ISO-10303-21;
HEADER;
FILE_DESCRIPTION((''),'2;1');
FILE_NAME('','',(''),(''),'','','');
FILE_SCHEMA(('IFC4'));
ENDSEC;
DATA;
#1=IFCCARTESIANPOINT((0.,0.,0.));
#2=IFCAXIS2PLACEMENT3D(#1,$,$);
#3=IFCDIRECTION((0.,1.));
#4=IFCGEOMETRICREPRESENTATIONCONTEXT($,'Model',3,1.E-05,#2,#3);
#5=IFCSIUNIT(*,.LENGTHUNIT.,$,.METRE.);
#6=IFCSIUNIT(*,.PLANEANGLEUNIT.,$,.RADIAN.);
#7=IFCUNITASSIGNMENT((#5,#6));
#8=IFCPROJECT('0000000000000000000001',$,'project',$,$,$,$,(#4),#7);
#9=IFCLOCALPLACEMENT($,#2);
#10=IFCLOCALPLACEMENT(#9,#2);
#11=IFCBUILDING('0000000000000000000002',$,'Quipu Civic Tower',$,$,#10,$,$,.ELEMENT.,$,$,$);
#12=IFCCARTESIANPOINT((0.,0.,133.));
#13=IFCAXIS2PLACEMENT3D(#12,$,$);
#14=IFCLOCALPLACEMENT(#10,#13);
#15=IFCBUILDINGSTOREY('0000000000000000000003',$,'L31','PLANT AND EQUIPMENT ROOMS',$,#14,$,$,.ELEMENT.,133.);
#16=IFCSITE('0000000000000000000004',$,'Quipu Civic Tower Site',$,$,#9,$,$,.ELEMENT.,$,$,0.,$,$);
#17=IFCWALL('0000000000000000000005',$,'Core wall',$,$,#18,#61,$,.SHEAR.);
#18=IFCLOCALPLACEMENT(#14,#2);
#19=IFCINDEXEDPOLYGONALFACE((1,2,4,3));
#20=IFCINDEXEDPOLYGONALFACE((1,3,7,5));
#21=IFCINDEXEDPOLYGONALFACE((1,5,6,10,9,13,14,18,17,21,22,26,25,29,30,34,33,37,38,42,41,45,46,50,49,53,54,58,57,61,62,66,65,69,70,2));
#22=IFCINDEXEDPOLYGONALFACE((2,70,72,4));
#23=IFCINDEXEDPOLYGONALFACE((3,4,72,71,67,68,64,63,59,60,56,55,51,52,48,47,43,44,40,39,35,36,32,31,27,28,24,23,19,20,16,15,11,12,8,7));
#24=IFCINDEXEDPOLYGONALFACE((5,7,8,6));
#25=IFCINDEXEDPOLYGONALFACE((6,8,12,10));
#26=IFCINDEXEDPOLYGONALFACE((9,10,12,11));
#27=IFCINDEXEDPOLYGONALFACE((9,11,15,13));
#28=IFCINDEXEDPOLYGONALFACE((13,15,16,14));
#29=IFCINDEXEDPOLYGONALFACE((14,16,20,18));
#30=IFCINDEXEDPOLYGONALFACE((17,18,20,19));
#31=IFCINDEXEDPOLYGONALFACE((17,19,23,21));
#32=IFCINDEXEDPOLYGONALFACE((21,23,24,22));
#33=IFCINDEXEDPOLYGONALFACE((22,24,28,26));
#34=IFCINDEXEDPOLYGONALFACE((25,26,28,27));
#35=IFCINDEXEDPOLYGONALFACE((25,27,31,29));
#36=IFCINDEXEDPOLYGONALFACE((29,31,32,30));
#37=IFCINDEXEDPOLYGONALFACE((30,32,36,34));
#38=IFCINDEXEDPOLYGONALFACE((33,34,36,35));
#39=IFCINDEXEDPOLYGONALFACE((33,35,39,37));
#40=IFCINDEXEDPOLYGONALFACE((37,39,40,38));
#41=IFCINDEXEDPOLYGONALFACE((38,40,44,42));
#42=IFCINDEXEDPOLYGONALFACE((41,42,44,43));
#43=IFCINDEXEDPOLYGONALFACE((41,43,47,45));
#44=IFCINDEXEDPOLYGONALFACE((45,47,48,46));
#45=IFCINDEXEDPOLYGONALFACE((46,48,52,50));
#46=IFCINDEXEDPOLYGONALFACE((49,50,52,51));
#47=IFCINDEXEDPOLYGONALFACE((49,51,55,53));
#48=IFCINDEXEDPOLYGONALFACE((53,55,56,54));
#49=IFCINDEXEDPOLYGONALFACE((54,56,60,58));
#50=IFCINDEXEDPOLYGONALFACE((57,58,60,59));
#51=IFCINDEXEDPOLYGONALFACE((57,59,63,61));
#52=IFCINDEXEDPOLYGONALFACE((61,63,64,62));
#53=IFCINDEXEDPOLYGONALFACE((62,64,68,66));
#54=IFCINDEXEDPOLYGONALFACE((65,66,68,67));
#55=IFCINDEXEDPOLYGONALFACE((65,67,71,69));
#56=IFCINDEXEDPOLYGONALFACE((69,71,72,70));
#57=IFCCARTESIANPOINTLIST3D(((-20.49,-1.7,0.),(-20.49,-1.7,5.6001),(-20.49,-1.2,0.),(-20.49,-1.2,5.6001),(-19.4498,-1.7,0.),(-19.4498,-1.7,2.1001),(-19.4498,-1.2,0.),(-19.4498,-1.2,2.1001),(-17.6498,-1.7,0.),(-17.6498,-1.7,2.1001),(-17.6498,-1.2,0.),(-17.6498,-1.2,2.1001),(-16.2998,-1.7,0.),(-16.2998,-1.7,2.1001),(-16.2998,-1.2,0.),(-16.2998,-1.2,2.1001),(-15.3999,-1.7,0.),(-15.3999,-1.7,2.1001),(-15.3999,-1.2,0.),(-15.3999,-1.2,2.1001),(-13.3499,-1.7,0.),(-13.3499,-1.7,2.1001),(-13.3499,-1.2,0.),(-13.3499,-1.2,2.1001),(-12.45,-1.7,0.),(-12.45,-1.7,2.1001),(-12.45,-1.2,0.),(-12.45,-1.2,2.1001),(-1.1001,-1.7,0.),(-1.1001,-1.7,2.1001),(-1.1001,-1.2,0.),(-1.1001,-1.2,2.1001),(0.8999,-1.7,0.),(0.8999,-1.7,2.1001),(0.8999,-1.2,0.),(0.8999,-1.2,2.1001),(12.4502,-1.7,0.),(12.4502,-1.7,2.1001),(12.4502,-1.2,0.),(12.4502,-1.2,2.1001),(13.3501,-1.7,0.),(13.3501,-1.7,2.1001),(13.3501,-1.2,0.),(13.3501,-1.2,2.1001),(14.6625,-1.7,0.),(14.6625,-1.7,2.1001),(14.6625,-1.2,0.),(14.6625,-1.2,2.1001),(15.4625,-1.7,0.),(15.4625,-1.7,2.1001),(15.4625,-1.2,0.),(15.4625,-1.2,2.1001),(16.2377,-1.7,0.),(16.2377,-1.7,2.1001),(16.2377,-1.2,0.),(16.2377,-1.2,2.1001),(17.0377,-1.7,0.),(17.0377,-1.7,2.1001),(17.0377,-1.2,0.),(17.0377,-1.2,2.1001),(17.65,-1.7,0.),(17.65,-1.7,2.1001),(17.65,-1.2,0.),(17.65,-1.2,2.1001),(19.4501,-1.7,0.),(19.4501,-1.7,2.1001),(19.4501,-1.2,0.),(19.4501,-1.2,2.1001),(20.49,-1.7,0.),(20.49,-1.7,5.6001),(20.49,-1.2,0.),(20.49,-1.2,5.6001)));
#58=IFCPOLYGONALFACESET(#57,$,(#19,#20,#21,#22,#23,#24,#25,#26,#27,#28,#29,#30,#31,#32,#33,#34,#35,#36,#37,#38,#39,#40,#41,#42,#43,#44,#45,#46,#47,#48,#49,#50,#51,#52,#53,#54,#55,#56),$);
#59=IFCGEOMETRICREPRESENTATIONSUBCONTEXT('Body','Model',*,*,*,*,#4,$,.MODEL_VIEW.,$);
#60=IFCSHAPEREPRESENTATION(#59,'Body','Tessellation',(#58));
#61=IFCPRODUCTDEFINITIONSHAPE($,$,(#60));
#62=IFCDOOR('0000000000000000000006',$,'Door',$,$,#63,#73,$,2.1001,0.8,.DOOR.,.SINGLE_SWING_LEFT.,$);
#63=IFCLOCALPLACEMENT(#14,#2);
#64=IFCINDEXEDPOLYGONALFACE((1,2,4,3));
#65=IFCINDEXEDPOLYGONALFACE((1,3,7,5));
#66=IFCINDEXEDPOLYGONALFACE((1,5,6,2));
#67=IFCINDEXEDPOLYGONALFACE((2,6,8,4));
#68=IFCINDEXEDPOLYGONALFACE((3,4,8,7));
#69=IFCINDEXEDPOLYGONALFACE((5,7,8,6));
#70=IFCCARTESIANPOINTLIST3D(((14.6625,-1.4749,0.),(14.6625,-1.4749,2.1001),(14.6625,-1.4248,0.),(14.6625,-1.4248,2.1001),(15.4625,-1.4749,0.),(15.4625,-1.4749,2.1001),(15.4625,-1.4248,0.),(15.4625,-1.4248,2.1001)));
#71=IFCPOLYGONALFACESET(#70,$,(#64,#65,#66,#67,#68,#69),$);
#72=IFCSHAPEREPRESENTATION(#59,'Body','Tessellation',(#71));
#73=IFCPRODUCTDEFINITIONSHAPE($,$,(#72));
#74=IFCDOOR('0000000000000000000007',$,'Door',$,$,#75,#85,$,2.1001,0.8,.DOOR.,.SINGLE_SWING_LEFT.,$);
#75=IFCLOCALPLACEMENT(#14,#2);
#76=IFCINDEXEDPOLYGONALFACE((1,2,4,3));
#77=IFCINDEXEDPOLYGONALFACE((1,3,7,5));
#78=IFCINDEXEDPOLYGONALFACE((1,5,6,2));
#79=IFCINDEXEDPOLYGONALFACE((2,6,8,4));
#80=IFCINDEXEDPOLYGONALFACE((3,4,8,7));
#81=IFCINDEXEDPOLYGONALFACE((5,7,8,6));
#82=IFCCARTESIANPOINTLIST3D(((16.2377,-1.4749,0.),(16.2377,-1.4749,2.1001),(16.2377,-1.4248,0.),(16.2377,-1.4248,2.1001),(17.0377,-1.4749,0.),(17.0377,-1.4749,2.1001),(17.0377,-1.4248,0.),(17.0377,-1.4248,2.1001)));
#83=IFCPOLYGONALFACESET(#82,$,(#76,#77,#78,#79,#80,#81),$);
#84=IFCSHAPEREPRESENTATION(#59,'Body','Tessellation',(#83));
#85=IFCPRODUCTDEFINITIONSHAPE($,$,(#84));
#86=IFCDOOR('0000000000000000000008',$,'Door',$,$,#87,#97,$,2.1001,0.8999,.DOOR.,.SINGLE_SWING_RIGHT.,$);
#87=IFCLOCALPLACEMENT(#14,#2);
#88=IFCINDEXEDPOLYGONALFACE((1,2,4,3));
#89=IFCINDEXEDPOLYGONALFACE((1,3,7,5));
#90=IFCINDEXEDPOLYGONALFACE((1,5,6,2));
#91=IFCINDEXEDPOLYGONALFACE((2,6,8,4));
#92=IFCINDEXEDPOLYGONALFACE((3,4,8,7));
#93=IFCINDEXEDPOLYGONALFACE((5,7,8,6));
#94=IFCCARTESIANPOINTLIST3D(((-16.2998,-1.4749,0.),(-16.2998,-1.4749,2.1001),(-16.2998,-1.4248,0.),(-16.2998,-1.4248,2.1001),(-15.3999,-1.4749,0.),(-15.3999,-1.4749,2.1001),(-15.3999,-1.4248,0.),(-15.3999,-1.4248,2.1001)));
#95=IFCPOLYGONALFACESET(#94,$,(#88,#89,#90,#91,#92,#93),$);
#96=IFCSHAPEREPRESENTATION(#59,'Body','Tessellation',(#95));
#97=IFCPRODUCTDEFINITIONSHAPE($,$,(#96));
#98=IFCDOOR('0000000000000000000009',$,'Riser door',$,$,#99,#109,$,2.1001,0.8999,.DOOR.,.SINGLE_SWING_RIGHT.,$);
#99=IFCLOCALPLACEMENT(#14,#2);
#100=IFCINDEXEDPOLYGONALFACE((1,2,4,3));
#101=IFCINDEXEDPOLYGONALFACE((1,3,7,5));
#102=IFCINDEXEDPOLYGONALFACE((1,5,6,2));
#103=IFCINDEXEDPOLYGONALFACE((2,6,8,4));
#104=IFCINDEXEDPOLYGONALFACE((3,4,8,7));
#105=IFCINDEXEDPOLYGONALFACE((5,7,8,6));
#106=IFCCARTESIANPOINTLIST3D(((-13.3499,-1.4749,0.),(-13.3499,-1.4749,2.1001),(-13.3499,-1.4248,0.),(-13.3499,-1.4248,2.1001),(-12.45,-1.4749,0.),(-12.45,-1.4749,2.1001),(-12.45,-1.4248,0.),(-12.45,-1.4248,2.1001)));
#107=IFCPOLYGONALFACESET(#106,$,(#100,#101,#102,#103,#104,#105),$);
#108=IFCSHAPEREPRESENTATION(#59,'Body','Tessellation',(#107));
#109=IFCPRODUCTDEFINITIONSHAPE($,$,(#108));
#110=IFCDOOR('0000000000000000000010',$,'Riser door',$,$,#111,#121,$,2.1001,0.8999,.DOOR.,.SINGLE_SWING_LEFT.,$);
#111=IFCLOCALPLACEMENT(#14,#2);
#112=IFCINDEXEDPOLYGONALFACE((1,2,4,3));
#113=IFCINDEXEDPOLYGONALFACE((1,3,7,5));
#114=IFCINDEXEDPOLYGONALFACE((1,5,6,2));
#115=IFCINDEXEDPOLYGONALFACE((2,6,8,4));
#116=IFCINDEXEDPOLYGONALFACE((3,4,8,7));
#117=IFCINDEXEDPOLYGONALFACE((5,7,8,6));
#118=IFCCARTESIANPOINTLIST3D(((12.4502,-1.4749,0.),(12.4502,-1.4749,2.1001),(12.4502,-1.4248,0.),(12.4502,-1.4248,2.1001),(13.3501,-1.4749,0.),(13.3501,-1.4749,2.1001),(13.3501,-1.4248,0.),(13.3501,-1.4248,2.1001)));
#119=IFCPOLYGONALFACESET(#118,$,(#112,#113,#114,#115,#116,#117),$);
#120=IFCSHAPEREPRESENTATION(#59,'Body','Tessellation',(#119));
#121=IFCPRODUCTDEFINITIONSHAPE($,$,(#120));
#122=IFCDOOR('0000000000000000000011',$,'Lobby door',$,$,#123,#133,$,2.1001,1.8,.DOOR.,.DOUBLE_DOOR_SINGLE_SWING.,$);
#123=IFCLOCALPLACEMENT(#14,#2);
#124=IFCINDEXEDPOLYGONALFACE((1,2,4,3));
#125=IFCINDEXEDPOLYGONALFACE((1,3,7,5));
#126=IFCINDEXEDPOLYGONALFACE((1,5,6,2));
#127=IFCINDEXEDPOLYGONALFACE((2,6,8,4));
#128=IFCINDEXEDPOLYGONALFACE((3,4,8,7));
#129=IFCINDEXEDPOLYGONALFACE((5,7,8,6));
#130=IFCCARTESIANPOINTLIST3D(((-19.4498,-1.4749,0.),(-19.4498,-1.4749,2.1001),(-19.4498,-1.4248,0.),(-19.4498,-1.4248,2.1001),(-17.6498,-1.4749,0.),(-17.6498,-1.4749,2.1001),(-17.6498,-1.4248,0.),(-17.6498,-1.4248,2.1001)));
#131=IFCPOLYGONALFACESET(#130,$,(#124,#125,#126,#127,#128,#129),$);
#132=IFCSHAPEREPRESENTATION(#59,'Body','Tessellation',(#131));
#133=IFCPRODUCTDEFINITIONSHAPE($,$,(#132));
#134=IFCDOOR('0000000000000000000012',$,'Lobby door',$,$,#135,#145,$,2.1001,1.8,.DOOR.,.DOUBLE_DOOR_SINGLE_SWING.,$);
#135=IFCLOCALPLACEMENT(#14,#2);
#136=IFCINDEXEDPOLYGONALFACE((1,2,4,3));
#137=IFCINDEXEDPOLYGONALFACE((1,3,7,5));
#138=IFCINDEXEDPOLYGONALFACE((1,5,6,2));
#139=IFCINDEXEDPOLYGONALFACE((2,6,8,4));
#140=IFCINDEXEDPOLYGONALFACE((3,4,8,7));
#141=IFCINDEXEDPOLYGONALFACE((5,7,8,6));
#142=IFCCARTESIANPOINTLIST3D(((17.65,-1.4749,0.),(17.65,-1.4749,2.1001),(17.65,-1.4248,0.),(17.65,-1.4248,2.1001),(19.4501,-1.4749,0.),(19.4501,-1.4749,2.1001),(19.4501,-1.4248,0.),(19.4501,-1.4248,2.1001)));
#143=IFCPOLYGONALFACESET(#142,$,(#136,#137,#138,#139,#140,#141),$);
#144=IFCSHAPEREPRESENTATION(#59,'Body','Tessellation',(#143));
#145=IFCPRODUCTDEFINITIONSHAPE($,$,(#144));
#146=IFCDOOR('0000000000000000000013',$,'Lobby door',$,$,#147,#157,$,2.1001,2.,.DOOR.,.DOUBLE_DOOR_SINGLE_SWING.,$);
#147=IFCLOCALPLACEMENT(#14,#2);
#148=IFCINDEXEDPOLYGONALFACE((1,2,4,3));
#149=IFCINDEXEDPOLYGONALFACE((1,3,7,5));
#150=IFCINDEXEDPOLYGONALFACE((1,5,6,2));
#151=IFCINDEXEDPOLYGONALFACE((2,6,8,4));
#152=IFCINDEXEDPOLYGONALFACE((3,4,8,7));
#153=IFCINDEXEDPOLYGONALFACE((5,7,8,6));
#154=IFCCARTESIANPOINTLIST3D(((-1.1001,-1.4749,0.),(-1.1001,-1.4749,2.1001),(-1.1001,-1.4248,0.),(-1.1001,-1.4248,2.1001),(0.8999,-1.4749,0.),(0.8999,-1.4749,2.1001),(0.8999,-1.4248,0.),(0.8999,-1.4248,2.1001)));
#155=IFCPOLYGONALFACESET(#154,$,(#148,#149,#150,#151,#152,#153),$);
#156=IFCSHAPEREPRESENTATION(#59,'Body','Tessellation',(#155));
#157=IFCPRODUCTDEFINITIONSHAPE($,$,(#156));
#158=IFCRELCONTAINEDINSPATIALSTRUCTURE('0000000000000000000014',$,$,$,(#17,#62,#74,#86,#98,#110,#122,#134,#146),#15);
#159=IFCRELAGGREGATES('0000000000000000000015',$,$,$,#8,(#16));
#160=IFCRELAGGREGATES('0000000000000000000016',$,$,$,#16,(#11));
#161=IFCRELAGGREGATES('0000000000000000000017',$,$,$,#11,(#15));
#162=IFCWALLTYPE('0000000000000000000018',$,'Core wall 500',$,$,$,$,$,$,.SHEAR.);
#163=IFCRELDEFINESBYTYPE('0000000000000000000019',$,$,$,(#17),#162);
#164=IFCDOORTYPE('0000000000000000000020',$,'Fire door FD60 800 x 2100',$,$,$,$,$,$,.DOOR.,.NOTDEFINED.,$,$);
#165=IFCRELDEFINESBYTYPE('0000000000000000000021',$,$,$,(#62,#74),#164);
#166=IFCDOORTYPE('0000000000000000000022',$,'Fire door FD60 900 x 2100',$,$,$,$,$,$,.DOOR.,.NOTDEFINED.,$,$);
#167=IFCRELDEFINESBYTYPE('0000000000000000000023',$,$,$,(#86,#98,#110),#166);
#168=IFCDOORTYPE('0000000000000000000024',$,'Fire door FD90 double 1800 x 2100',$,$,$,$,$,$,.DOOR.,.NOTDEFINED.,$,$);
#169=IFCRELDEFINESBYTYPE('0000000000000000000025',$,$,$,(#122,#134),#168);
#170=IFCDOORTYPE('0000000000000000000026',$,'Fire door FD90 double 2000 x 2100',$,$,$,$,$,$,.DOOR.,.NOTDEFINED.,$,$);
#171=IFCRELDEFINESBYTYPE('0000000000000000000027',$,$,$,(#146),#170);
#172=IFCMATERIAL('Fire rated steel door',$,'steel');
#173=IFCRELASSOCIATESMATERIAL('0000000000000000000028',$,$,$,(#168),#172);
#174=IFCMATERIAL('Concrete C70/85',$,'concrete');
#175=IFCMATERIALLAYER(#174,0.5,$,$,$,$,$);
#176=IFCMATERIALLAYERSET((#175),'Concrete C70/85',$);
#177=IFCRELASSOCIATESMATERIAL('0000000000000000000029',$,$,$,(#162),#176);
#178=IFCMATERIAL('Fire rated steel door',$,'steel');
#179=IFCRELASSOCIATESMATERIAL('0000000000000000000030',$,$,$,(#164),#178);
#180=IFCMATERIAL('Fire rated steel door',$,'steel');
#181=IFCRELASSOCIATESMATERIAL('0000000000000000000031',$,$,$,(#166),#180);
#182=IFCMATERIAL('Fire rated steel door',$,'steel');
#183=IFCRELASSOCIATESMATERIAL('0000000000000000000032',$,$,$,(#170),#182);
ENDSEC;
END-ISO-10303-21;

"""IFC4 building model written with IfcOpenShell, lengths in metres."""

from ifc_helpers import new_model, si_unit, direction, frame, frame_2d, origin, place, context, subcontext, project, spatial, rectangle, extrude, material, layer, layer_set, type_object, element, fill, save


model = new_model("IFC4")

# Units and contexts
model_context = context("Model", 3, precision=1e-05, world=origin(), true_north=direction((0.0, 1.0)))
body_context = subcontext(model_context, "Body", "Model", "MODEL_VIEW")
ifc_project = project(units=[si_unit("LENGTHUNIT", "METRE"), si_unit("PLANEANGLEUNIT", "RADIAN")], contexts=[model_context])

# Site, building, storey
site_placement = place(None, origin())
site = spatial("IfcSite", under=ifc_project, at=site_placement, Name="Quipu Civic Tower Site", CompositionType="ELEMENT", RefElevation=0.0)
building_placement = place(site_placement, origin())
building = spatial("IfcBuilding", under=site, at=building_placement, Name="Quipu Civic Tower", CompositionType="ELEMENT")
storey_placement = place(building_placement, frame((0.0, 0.0, 133.0)))
storey = spatial("IfcBuildingStorey", under=building, at=storey_placement, Name="L31", Description="PLANT AND EQUIPMENT ROOMS", CompositionType="ELEMENT", Elevation=133.0)

# Shared definitions
ifc_material_1 = material(Name="Fire rated steel door", Category="steel")
door_type_1 = type_object("IfcDoorType", Name="Fire door FD90 double 1800 x 2100", OperationType="NOTDEFINED", PredefinedType="DOOR", material=ifc_material_1)

# Shared definitions
ifc_material_2 = material(Name="Concrete C70/85", Category="concrete")
ifc_layer_1 = layer(ifc_material_2, 0.5)
ifc_layer_set_1 = layer_set([ifc_layer_1], Name="Concrete C70/85")
wall_type_1 = type_object("IfcWallType", Name="Core wall 500", PredefinedType="SHEAR", material=ifc_layer_set_1)

# Wall, openings, doors
wall_1_placement = place(storey_placement, frame((20.49, -1.45, 0.0), z_axis=(0.0, 0.0, 1.0), x_axis=(-1.0, 0.0, 0.0)))
wall_1 = element("IfcWall", 1, at=wall_1_placement, inside=storey, type_object=wall_type_1, Name="Core wall", PredefinedType="SHEAR", context=body_context, shape_type="SweptSolid", body=[
    extrude(rectangle(XDim=40.98, YDim=0.5, at=frame_2d((20.49, 0.0))), origin(), (0.0, 0.0, 1.0), 5.6001),
])
opening_1_placement = place(wall_1_placement, frame((38.1399, 0.0, 0.0)))
opening_1 = element("IfcOpeningElement", 2, at=opening_1_placement, cuts=wall_1, PredefinedType="OPENING", context=body_context, shape_type="SweptSolid", body=[
    extrude(rectangle(XDim=1.8, YDim=2.1001, at=frame_2d((0.8999, 1.05))), frame((0.0, 0.26, 0.0), z_axis=(0.0, -1.0, 0.0), x_axis=(1.0, 0.0, 0.0)), (0.0, 0.0, 1.0), 0.52),
])
opening_2_placement = place(wall_1_placement, frame((35.8899, 0.0, 0.0)))
opening_2 = element("IfcOpeningElement", 3, at=opening_2_placement, cuts=wall_1, PredefinedType="OPENING", context=body_context, shape_type="SweptSolid", body=[
    extrude(rectangle(XDim=0.8999, YDim=2.1001, at=frame_2d((0.45, 1.05))), frame((0.0, 0.26, 0.0), z_axis=(0.0, -1.0, 0.0), x_axis=(1.0, 0.0, 0.0)), (0.0, 0.0, 1.0), 0.52),
])
opening_3_placement = place(wall_1_placement, frame((32.9399, 0.0, 0.0)))
opening_3 = element("IfcOpeningElement", 4, at=opening_3_placement, cuts=wall_1, PredefinedType="OPENING", context=body_context, shape_type="SweptSolid", body=[
    extrude(rectangle(XDim=0.8999, YDim=2.1001, at=frame_2d((0.45, 1.05))), frame((0.0, 0.26, 0.0), z_axis=(0.0, -1.0, 0.0), x_axis=(1.0, 0.0, 0.0)), (0.0, 0.0, 1.0), 0.52),
])
opening_4_placement = place(wall_1_placement, frame((19.5901, 0.0, 0.0)))
opening_4 = element("IfcOpeningElement", 5, at=opening_4_placement, cuts=wall_1, PredefinedType="OPENING", context=body_context, shape_type="SweptSolid", body=[
    extrude(rectangle(XDim=2.0, YDim=2.1001, at=frame_2d((1.0, 1.05))), frame((0.0, 0.26, 0.0), z_axis=(0.0, -1.0, 0.0), x_axis=(1.0, 0.0, 0.0)), (0.0, 0.0, 1.0), 0.52),
])
opening_5_placement = place(wall_1_placement, frame((7.1399, 0.0, 0.0)))
opening_5 = element("IfcOpeningElement", 6, at=opening_5_placement, cuts=wall_1, PredefinedType="OPENING", context=body_context, shape_type="SweptSolid", body=[
    extrude(rectangle(XDim=0.8999, YDim=2.1001, at=frame_2d((0.45, 1.05))), frame((0.0, 0.26, 0.0), z_axis=(0.0, -1.0, 0.0), x_axis=(1.0, 0.0, 0.0)), (0.0, 0.0, 1.0), 0.52),
])
opening_6_placement = place(wall_1_placement, frame((5.0276, 0.0, 0.0)))
opening_6 = element("IfcOpeningElement", 7, at=opening_6_placement, cuts=wall_1, PredefinedType="OPENING", context=body_context, shape_type="SweptSolid", body=[
    extrude(rectangle(XDim=0.8, YDim=2.1001, at=frame_2d((0.3999, 1.05))), frame((0.0, 0.26, 0.0), z_axis=(0.0, -1.0, 0.0), x_axis=(1.0, 0.0, 0.0)), (0.0, 0.0, 1.0), 0.52),
])
opening_7_placement = place(wall_1_placement, frame((3.4524, 0.0, 0.0)))
opening_7 = element("IfcOpeningElement", 8, at=opening_7_placement, cuts=wall_1, PredefinedType="OPENING", context=body_context, shape_type="SweptSolid", body=[
    extrude(rectangle(XDim=0.8, YDim=2.1001, at=frame_2d((0.3999, 1.05))), frame((0.0, 0.26, 0.0), z_axis=(0.0, -1.0, 0.0), x_axis=(1.0, 0.0, 0.0)), (0.0, 0.0, 1.0), 0.52),
])
opening_8_placement = place(wall_1_placement, frame((1.04, 0.0, 0.0)))
opening_8 = element("IfcOpeningElement", 9, at=opening_8_placement, cuts=wall_1, PredefinedType="OPENING", context=body_context, shape_type="SweptSolid", body=[
    extrude(rectangle(XDim=1.8, YDim=2.1001, at=frame_2d((0.8999, 1.05))), frame((0.0, 0.26, 0.0), z_axis=(0.0, -1.0, 0.0), x_axis=(1.0, 0.0, 0.0)), (0.0, 0.0, 1.0), 0.52),
])
ifc_material_3 = material(Name="Fire rated steel door", Category="steel")
door_type_2 = type_object("IfcDoorType", Name="Fire door FD60 800 x 2100", OperationType="NOTDEFINED", PredefinedType="DOOR", material=ifc_material_3)
door_1_placement = place(opening_6_placement, origin())
door_1 = element("IfcDoor", 10, at=door_1_placement, inside=storey, type_object=door_type_2, Name="Door", OperationType="SINGLE_SWING_LEFT", OverallHeight=2.1001, OverallWidth=0.8, PredefinedType="DOOR", context=body_context, shape_type="SweptSolid", body=[
    extrude(rectangle(XDim=0.8, YDim=2.1001, at=frame_2d((0.3999, 1.05))), frame((0.0, 0.0249, 0.0), z_axis=(0.0, -1.0, 0.0), x_axis=(1.0, 0.0, 0.0)), (0.0, 0.0, 1.0), 0.05),
])
fill(opening_6, door_1)
door_2_placement = place(opening_7_placement, origin())
door_2 = element("IfcDoor", 11, at=door_2_placement, inside=storey, type_object=door_type_2, Name="Door", OperationType="SINGLE_SWING_LEFT", OverallHeight=2.1001, OverallWidth=0.8, PredefinedType="DOOR", context=body_context, shape_type="SweptSolid", body=[
    extrude(rectangle(XDim=0.8, YDim=2.1001, at=frame_2d((0.3999, 1.05))), frame((0.0, 0.0249, 0.0), z_axis=(0.0, -1.0, 0.0), x_axis=(1.0, 0.0, 0.0)), (0.0, 0.0, 1.0), 0.05),
])
fill(opening_7, door_2)
ifc_material_4 = material(Name="Fire rated steel door", Category="steel")
door_type_3 = type_object("IfcDoorType", Name="Fire door FD60 900 x 2100", OperationType="NOTDEFINED", PredefinedType="DOOR", material=ifc_material_4)
door_3_placement = place(opening_2_placement, origin())
door_3 = element("IfcDoor", 12, at=door_3_placement, inside=storey, type_object=door_type_3, Name="Door", OperationType="SINGLE_SWING_RIGHT", OverallHeight=2.1001, OverallWidth=0.8999, PredefinedType="DOOR", context=body_context, shape_type="SweptSolid", body=[
    extrude(rectangle(XDim=0.8999, YDim=2.1001, at=frame_2d((0.45, 1.05))), frame((0.0, 0.0249, 0.0), z_axis=(0.0, -1.0, 0.0), x_axis=(1.0, 0.0, 0.0)), (0.0, 0.0, 1.0), 0.05),
])
fill(opening_2, door_3)
door_4_placement = place(opening_3_placement, origin())
door_4 = element("IfcDoor", 13, at=door_4_placement, inside=storey, type_object=door_type_3, Name="Riser door", OperationType="SINGLE_SWING_RIGHT", OverallHeight=2.1001, OverallWidth=0.8999, PredefinedType="DOOR", context=body_context, shape_type="SweptSolid", body=[
    extrude(rectangle(XDim=0.8999, YDim=2.1001, at=frame_2d((0.45, 1.05))), frame((0.0, 0.0249, 0.0), z_axis=(0.0, -1.0, 0.0), x_axis=(1.0, 0.0, 0.0)), (0.0, 0.0, 1.0), 0.05),
])
fill(opening_3, door_4)
door_5_placement = place(opening_5_placement, origin())
door_5 = element("IfcDoor", 14, at=door_5_placement, inside=storey, type_object=door_type_3, Name="Riser door", OperationType="SINGLE_SWING_LEFT", OverallHeight=2.1001, OverallWidth=0.8999, PredefinedType="DOOR", context=body_context, shape_type="SweptSolid", body=[
    extrude(rectangle(XDim=0.8999, YDim=2.1001, at=frame_2d((0.45, 1.05))), frame((0.0, 0.0249, 0.0), z_axis=(0.0, -1.0, 0.0), x_axis=(1.0, 0.0, 0.0)), (0.0, 0.0, 1.0), 0.05),
])
fill(opening_5, door_5)
door_6_placement = place(opening_1_placement, origin())
door_6 = element("IfcDoor", 15, at=door_6_placement, inside=storey, type_object=door_type_1, Name="Lobby door", OperationType="DOUBLE_DOOR_SINGLE_SWING", OverallHeight=2.1001, OverallWidth=1.8, PredefinedType="DOOR", context=body_context, shape_type="SweptSolid", body=[
    extrude(rectangle(XDim=1.8, YDim=2.1001, at=frame_2d((0.8999, 1.05))), frame((0.0, 0.0249, 0.0), z_axis=(0.0, -1.0, 0.0), x_axis=(1.0, 0.0, 0.0)), (0.0, 0.0, 1.0), 0.05),
])
fill(opening_1, door_6)
door_7_placement = place(opening_8_placement, origin())
door_7 = element("IfcDoor", 16, at=door_7_placement, inside=storey, type_object=door_type_1, Name="Lobby door", OperationType="DOUBLE_DOOR_SINGLE_SWING", OverallHeight=2.1001, OverallWidth=1.8, PredefinedType="DOOR", context=body_context, shape_type="SweptSolid", body=[
    extrude(rectangle(XDim=1.8, YDim=2.1001, at=frame_2d((0.8999, 1.05))), frame((0.0, 0.0249, 0.0), z_axis=(0.0, -1.0, 0.0), x_axis=(1.0, 0.0, 0.0)), (0.0, 0.0, 1.0), 0.05),
])
fill(opening_8, door_7)
ifc_material_5 = material(Name="Fire rated steel door", Category="steel")
door_type_4 = type_object("IfcDoorType", Name="Fire door FD90 double 2000 x 2100", OperationType="NOTDEFINED", PredefinedType="DOOR", material=ifc_material_5)
door_8_placement = place(opening_4_placement, origin())
door_8 = element("IfcDoor", 17, at=door_8_placement, inside=storey, type_object=door_type_4, Name="Lobby door", OperationType="DOUBLE_DOOR_SINGLE_SWING", OverallHeight=2.1001, OverallWidth=2.0, PredefinedType="DOOR", context=body_context, shape_type="SweptSolid", body=[
    extrude(rectangle(XDim=2.0, YDim=2.1001, at=frame_2d((1.0, 1.05))), frame((0.0, 0.0249, 0.0), z_axis=(0.0, -1.0, 0.0), x_axis=(1.0, 0.0, 0.0)), (0.0, 0.0, 1.0), 0.05),
])
fill(opening_4, door_8)

save(model, "model.ifc")
